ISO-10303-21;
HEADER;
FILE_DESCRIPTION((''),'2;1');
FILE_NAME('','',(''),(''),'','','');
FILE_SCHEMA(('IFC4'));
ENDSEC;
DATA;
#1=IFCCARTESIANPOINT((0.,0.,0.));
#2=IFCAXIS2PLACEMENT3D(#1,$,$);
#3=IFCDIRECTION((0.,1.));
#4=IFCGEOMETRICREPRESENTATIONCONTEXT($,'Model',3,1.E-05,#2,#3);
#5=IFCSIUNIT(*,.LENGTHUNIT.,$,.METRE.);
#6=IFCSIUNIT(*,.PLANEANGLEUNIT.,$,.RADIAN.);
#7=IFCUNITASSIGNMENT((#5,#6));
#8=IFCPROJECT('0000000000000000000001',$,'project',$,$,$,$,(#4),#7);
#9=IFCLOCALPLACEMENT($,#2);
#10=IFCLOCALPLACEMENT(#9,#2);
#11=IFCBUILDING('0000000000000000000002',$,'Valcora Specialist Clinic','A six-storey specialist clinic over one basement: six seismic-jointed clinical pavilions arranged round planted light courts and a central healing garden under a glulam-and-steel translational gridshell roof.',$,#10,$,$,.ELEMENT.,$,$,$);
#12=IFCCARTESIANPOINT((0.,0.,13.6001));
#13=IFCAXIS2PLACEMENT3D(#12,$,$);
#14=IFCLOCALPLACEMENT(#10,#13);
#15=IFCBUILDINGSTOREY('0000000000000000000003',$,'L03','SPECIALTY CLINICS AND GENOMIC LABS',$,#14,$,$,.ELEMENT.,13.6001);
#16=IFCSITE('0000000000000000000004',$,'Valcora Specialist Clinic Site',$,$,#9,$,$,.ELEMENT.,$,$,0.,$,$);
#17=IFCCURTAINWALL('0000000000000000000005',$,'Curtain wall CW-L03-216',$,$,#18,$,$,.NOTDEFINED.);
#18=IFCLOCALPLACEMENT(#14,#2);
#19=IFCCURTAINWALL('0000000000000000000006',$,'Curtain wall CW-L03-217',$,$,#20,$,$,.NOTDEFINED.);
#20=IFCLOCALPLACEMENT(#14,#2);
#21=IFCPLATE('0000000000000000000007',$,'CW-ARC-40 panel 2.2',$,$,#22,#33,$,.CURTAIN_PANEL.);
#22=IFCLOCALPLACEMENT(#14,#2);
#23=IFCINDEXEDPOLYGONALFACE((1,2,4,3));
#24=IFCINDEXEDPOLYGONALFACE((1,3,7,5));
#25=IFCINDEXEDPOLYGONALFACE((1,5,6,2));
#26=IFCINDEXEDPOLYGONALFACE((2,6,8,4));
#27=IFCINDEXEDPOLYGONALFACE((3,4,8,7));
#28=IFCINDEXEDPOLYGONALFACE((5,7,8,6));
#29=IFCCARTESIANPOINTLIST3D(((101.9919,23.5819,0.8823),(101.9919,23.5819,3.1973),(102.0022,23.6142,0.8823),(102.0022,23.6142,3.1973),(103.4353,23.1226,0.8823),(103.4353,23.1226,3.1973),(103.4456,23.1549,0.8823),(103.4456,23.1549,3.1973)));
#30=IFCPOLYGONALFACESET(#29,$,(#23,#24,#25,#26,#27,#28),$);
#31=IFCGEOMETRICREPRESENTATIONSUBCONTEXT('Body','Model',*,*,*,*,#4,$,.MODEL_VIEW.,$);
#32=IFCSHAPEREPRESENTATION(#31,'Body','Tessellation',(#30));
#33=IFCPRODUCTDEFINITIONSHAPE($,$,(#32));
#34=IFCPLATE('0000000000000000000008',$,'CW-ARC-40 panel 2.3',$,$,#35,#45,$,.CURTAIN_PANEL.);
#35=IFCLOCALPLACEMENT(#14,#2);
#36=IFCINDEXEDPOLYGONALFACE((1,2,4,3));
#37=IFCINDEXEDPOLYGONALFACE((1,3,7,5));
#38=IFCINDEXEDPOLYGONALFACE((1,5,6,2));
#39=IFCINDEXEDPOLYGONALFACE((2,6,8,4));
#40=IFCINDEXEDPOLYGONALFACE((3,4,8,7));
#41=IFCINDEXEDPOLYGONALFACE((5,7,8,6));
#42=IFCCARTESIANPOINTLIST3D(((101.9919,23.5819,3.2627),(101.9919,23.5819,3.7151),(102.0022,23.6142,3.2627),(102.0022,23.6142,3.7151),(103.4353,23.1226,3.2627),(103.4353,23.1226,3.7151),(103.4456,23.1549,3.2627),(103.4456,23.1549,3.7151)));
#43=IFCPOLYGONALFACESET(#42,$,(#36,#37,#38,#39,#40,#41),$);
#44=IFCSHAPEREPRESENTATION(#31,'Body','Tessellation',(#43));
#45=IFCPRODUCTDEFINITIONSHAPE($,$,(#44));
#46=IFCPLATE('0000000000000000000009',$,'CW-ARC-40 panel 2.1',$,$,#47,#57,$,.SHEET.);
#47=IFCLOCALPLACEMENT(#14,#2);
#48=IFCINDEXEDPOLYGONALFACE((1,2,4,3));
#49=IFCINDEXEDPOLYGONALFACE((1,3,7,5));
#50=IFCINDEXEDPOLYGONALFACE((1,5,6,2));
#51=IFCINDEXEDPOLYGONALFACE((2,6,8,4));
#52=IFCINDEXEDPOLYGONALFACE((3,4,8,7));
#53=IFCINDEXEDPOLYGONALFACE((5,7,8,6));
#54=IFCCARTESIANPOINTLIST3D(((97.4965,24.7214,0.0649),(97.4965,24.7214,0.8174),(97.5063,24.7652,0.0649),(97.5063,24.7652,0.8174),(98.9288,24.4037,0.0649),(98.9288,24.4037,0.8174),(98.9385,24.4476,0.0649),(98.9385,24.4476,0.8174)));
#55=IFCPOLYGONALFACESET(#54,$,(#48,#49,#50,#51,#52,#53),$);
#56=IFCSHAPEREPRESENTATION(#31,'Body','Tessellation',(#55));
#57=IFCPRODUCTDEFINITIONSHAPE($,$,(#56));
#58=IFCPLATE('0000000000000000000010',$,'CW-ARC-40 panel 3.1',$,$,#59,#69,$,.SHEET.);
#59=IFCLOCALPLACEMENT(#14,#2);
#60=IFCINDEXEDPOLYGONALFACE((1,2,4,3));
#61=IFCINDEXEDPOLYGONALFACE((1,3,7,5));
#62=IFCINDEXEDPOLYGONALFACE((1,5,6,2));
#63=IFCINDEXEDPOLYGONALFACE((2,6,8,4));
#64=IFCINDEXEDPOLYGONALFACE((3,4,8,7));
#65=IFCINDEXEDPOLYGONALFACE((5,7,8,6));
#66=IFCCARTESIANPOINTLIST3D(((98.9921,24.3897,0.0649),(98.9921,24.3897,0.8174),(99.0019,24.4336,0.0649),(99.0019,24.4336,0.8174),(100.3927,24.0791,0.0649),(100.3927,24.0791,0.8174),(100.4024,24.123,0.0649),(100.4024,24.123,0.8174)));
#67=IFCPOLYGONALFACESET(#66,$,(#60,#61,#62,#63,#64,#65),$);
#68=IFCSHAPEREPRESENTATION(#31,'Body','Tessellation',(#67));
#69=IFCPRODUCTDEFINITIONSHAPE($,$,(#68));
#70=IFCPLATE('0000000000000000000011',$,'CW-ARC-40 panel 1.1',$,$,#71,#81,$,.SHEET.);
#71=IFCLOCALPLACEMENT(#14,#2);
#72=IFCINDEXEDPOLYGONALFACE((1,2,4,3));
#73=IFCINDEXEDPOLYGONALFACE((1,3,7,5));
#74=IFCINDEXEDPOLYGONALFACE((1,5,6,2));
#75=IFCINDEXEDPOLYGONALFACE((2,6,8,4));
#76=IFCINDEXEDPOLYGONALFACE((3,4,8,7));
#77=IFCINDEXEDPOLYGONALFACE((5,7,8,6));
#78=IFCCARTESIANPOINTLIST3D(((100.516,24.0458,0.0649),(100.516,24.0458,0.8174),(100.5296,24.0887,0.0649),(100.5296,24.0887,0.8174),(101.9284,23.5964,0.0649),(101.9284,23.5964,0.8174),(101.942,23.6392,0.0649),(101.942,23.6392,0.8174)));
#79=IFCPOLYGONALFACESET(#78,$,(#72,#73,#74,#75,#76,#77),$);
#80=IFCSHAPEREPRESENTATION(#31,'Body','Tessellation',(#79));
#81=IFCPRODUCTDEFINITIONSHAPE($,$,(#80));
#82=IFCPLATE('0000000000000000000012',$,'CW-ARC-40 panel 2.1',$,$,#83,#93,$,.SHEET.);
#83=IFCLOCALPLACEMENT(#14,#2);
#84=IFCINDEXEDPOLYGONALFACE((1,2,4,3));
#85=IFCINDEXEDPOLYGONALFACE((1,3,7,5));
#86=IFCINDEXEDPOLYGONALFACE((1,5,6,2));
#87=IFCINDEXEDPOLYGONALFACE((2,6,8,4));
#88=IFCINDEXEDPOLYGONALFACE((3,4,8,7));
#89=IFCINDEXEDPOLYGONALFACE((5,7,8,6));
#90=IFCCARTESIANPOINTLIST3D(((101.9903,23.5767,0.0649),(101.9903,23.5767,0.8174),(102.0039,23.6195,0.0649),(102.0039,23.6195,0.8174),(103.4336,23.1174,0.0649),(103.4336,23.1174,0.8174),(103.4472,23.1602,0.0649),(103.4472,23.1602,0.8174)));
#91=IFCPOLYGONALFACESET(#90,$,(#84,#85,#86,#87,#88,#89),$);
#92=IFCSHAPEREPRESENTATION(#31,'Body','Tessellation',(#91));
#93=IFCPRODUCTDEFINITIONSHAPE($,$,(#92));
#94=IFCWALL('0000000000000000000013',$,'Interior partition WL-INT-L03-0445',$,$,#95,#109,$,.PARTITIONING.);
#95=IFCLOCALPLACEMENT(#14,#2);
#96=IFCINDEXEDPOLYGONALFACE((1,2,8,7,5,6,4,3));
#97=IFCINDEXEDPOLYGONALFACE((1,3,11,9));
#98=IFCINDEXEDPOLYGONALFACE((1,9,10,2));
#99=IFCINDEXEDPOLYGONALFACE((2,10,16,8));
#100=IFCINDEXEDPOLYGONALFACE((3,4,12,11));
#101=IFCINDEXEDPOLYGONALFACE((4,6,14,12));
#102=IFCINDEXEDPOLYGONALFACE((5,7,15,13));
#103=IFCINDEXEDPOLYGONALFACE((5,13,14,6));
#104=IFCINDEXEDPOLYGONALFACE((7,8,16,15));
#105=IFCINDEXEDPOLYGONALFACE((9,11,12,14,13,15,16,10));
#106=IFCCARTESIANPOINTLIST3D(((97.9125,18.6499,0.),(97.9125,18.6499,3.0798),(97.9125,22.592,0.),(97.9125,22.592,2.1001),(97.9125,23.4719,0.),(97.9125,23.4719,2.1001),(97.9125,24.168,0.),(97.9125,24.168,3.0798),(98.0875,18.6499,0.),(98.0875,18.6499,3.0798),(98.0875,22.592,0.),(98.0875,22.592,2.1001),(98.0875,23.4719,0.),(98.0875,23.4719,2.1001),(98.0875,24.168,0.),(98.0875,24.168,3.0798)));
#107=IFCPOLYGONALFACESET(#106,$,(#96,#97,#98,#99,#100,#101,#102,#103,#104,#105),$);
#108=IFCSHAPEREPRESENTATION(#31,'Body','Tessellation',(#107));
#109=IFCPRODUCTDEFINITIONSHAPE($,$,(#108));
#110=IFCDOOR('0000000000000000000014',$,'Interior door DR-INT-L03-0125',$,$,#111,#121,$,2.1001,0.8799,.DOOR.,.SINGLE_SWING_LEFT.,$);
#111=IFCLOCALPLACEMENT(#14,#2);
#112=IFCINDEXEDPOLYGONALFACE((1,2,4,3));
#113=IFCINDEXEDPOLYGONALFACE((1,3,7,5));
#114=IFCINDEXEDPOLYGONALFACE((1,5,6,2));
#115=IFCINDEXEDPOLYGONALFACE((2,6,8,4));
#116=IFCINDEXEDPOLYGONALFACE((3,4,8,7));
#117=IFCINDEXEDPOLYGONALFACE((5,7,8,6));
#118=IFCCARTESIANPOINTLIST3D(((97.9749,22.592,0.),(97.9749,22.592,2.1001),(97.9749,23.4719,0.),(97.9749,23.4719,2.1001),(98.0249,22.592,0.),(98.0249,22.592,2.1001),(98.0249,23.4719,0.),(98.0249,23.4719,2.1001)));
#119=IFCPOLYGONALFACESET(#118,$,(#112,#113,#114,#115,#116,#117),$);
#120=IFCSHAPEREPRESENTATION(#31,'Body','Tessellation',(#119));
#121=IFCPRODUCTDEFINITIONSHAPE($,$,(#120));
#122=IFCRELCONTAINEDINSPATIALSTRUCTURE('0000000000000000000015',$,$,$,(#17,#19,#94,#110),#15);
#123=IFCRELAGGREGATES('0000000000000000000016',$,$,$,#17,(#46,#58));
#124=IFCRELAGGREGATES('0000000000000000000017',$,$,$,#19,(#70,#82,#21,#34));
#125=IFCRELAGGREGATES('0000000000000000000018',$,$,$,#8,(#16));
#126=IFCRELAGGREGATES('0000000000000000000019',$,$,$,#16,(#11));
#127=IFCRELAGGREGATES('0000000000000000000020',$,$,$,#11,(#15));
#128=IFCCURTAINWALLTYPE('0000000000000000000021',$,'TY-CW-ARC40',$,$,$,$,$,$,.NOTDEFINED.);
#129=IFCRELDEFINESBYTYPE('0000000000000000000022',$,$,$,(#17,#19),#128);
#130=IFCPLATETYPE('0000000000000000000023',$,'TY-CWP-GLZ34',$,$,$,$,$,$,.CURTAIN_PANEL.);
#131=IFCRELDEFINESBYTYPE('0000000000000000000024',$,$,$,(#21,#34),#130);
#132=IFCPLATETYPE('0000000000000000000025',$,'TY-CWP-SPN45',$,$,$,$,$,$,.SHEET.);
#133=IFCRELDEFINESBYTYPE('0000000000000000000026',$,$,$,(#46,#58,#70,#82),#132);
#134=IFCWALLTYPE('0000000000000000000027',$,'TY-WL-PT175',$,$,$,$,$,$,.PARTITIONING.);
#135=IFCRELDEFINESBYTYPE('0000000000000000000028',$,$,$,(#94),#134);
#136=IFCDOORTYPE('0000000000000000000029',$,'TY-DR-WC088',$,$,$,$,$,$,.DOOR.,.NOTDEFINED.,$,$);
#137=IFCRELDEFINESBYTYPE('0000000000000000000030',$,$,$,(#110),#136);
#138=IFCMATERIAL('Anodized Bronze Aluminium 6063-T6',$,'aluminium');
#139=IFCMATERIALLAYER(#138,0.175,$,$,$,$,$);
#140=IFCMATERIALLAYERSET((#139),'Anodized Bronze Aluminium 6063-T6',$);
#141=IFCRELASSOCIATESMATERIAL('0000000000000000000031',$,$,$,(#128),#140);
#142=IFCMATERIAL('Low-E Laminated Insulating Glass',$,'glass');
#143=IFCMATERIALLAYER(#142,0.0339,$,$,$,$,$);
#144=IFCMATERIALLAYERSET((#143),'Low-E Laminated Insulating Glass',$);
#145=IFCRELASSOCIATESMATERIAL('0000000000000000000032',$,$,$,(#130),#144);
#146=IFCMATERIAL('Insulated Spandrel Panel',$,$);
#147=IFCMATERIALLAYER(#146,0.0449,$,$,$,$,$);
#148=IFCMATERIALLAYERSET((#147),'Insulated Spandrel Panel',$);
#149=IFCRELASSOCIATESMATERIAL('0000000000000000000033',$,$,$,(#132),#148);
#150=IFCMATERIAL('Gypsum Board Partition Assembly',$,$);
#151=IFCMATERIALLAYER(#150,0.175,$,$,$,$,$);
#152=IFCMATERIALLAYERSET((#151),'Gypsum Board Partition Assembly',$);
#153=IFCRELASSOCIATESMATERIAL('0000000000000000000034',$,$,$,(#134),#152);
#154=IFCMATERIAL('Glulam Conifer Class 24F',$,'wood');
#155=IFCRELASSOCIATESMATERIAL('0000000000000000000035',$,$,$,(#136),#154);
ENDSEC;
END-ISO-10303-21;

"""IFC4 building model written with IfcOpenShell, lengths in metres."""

from ifc_helpers import new_model, si_unit, direction, frame, frame_2d, origin, origin_2d, place, context, subcontext, project, spatial, rectangle, extrude, material, layer, layer_set, type_object, element, fill, aggregate, save


model = new_model("IFC4")

# Units and contexts
model_context = context("Model", 3, precision=1e-05, world=origin(), true_north=direction((0.0, 1.0)))
body_context = subcontext(model_context, "Body", "Model", "MODEL_VIEW")
ifc_project = project(units=[si_unit("LENGTHUNIT", "METRE"), si_unit("PLANEANGLEUNIT", "RADIAN")], contexts=[model_context])

# Site, building, storey
site_placement = place(None, origin())
site = spatial("IfcSite", under=ifc_project, at=site_placement, Name="Valcora Specialist Clinic Site", CompositionType="ELEMENT", RefElevation=0.0)
building_placement = place(site_placement, origin())
building = spatial("IfcBuilding", under=site, at=building_placement, Name="Valcora Specialist Clinic", Description="A six-storey specialist clinic over one basement: six seismic-jointed clinical pavilions arranged round planted light courts and a central healing garden under a glulam-and-steel translational gridshell roof.", CompositionType="ELEMENT")
storey_placement = place(building_placement, frame((0.0, 0.0, 13.6001)))
storey = spatial("IfcBuildingStorey", under=building, at=storey_placement, Name="L03", Description="SPECIALTY CLINICS AND GENOMIC LABS", CompositionType="ELEMENT", Elevation=13.6001)

# Curtain walls
ifc_material_1 = material(Name="Anodized Bronze Aluminium 6063-T6", Category="aluminium")
ifc_layer_1 = layer(ifc_material_1, 0.175)
ifc_layer_set_1 = layer_set([ifc_layer_1], Name="Anodized Bronze Aluminium 6063-T6")
curtain_wall_type = type_object("IfcCurtainWallType", Name="TY-CW-ARC40", PredefinedType="NOTDEFINED", material=ifc_layer_set_1)
curtain_wall_1_placement = place(storey_placement, origin())
curtain_wall_1 = element("IfcCurtainWall", 1, at=curtain_wall_1_placement, inside=storey, type_object=curtain_wall_type, Name="Curtain wall CW-L03-216", PredefinedType="NOTDEFINED")
curtain_wall_2_placement = place(storey_placement, origin())
curtain_wall_2 = element("IfcCurtainWall", 2, at=curtain_wall_2_placement, inside=storey, type_object=curtain_wall_type, Name="Curtain wall CW-L03-217", PredefinedType="NOTDEFINED")

# Plates
ifc_material_2 = material(Name="Low-E Laminated Insulating Glass", Category="glass")
ifc_layer_2 = layer(ifc_material_2, 0.0339)
ifc_layer_set_2 = layer_set([ifc_layer_2], Name="Low-E Laminated Insulating Glass")
plate_type_1 = type_object("IfcPlateType", Name="TY-CWP-GLZ34", PredefinedType="CURTAIN_PANEL", material=ifc_layer_set_2)
plate_1_placement = place(storey_placement, frame((102.7188, 23.3684, 0.8823), z_axis=(0.0, 0.0, 1.0), x_axis=(0.952916, -0.303233, 0.0)))
plate_1 = element("IfcPlate", 3, at=plate_1_placement, type_object=plate_type_1, Name="CW-ARC-40 panel 2.2", PredefinedType="CURTAIN_PANEL", context=body_context, shape_type="SweptSolid", body=[
    extrude(rectangle(XDim=1.5146, YDim=0.0339, at=origin_2d()), origin(), (0.0, 0.0, 1.0), 2.3149),
])
plate_2_placement = place(storey_placement, frame((102.7188, 23.3684, 3.2627), z_axis=(0.0, 0.0, 1.0), x_axis=(0.952916, -0.303233, 0.0)))
plate_2 = element("IfcPlate", 4, at=plate_2_placement, type_object=plate_type_1, Name="CW-ARC-40 panel 2.3", PredefinedType="CURTAIN_PANEL", context=body_context, shape_type="SweptSolid", body=[
    extrude(rectangle(XDim=1.5146, YDim=0.0339, at=origin_2d()), origin(), (0.0, 0.0, 1.0), 0.4524),
])
ifc_material_3 = material(Name="Insulated Spandrel Panel")
ifc_layer_3 = layer(ifc_material_3, 0.0449)
ifc_layer_set_3 = layer_set([ifc_layer_3], Name="Insulated Spandrel Panel")
plate_type_2 = type_object("IfcPlateType", Name="TY-CWP-SPN45", PredefinedType="SHEET", material=ifc_layer_set_3)
plate_3_placement = place(storey_placement, frame((98.2175, 24.5845, 0.0649), z_axis=(0.0, 0.0, 1.0), x_axis=(0.976279, -0.216518, 0.0)))
plate_3 = element("IfcPlate", 5, at=plate_3_placement, type_object=plate_type_2, Name="CW-ARC-40 panel 2.1", PredefinedType="SHEET", context=body_context, shape_type="SweptSolid", body=[
    extrude(rectangle(XDim=1.467, YDim=0.0449, at=origin_2d()), origin(), (0.0, 0.0, 1.0), 0.7524),
])
plate_4_placement = place(storey_placement, frame((99.6973, 24.2563, 0.0649), z_axis=(0.0, 0.0, 1.0), x_axis=(0.976279, -0.216518, 0.0)))
plate_4 = element("IfcPlate", 6, at=plate_4_placement, type_object=plate_type_2, Name="CW-ARC-40 panel 3.1", PredefinedType="SHEET", context=body_context, shape_type="SweptSolid", body=[
    extrude(rectangle(XDim=1.4346, YDim=0.0449, at=origin_2d()), origin(), (0.0, 0.0, 1.0), 0.7524),
])
aggregate(curtain_wall_1, [plate_3, plate_4])
plate_5_placement = place(storey_placement, frame((101.229, 23.8425, 0.0649), z_axis=(0.0, 0.0, 1.0), x_axis=(0.952916, -0.303233, 0.0)))
plate_5 = element("IfcPlate", 7, at=plate_5_placement, type_object=plate_type_2, Name="CW-ARC-40 panel 1.1", PredefinedType="SHEET", context=body_context, shape_type="SweptSolid", body=[
    extrude(rectangle(XDim=1.4822, YDim=0.0449, at=origin_2d()), origin(), (0.0, 0.0, 1.0), 0.7524),
])
plate_6_placement = place(storey_placement, frame((102.7188, 23.3684, 0.0649), z_axis=(0.0, 0.0, 1.0), x_axis=(0.952916, -0.303233, 0.0)))
plate_6 = element("IfcPlate", 8, at=plate_6_placement, type_object=plate_type_2, Name="CW-ARC-40 panel 2.1", PredefinedType="SHEET", context=body_context, shape_type="SweptSolid", body=[
    extrude(rectangle(XDim=1.5146, YDim=0.0449, at=origin_2d()), origin(), (0.0, 0.0, 1.0), 0.7524),
])
aggregate(curtain_wall_2, [plate_5, plate_6, plate_1, plate_2])

# Wall, opening, door
ifc_material_4 = material(Name="Gypsum Board Partition Assembly")
ifc_layer_4 = layer(ifc_material_4, 0.175)
ifc_layer_set_4 = layer_set([ifc_layer_4], Name="Gypsum Board Partition Assembly")
wall_type = type_object("IfcWallType", Name="TY-WL-PT175", PredefinedType="PARTITIONING", material=ifc_layer_set_4)
wall_placement = place(storey_placement, frame((98.0, 24.168, 0.0), z_axis=(0.0, 0.0, 1.0), x_axis=(0.0, -1.0, 0.0)))
wall = element("IfcWall", 9, at=wall_placement, inside=storey, type_object=wall_type, Name="Interior partition WL-INT-L03-0445", PredefinedType="PARTITIONING", context=body_context, shape_type="SweptSolid", body=[
    extrude(rectangle(XDim=5.5181, YDim=0.175, at=frame_2d((2.759, 0.0))), origin(), (0.0, 0.0, 1.0), 3.0798),
])
opening_placement = place(wall_placement, frame((0.696, 0.0, 0.0)))
opening = element("IfcOpeningElement", 10, at=opening_placement, cuts=wall, PredefinedType="OPENING", context=body_context, shape_type="SweptSolid", body=[
    extrude(rectangle(XDim=0.8799, YDim=2.1001, at=frame_2d((0.4399, 1.05))), frame((0.0, 0.0974, 0.0), z_axis=(0.0, -1.0, 0.0), x_axis=(1.0, 0.0, 0.0)), (0.0, 0.0, 1.0), 0.1951),
])
ifc_material_5 = material(Name="Glulam Conifer Class 24F", Category="wood")
door_type = type_object("IfcDoorType", Name="TY-DR-WC088", OperationType="NOTDEFINED", PredefinedType="DOOR", material=ifc_material_5)
door_placement = place(opening_placement, origin())
door = element("IfcDoor", 11, at=door_placement, inside=storey, type_object=door_type, Name="Interior door DR-INT-L03-0125", OperationType="SINGLE_SWING_LEFT", OverallHeight=2.1001, OverallWidth=0.8799, PredefinedType="DOOR", context=body_context, shape_type="SweptSolid", body=[
    extrude(rectangle(XDim=0.8799, YDim=2.1001, at=frame_2d((0.4399, 1.05))), frame((0.0, 0.0249, 0.0), z_axis=(0.0, -1.0, 0.0), x_axis=(1.0, 0.0, 0.0)), (0.0, 0.0, 1.0), 0.05),
])
fill(opening, door)

save(model, "model.ifc")
